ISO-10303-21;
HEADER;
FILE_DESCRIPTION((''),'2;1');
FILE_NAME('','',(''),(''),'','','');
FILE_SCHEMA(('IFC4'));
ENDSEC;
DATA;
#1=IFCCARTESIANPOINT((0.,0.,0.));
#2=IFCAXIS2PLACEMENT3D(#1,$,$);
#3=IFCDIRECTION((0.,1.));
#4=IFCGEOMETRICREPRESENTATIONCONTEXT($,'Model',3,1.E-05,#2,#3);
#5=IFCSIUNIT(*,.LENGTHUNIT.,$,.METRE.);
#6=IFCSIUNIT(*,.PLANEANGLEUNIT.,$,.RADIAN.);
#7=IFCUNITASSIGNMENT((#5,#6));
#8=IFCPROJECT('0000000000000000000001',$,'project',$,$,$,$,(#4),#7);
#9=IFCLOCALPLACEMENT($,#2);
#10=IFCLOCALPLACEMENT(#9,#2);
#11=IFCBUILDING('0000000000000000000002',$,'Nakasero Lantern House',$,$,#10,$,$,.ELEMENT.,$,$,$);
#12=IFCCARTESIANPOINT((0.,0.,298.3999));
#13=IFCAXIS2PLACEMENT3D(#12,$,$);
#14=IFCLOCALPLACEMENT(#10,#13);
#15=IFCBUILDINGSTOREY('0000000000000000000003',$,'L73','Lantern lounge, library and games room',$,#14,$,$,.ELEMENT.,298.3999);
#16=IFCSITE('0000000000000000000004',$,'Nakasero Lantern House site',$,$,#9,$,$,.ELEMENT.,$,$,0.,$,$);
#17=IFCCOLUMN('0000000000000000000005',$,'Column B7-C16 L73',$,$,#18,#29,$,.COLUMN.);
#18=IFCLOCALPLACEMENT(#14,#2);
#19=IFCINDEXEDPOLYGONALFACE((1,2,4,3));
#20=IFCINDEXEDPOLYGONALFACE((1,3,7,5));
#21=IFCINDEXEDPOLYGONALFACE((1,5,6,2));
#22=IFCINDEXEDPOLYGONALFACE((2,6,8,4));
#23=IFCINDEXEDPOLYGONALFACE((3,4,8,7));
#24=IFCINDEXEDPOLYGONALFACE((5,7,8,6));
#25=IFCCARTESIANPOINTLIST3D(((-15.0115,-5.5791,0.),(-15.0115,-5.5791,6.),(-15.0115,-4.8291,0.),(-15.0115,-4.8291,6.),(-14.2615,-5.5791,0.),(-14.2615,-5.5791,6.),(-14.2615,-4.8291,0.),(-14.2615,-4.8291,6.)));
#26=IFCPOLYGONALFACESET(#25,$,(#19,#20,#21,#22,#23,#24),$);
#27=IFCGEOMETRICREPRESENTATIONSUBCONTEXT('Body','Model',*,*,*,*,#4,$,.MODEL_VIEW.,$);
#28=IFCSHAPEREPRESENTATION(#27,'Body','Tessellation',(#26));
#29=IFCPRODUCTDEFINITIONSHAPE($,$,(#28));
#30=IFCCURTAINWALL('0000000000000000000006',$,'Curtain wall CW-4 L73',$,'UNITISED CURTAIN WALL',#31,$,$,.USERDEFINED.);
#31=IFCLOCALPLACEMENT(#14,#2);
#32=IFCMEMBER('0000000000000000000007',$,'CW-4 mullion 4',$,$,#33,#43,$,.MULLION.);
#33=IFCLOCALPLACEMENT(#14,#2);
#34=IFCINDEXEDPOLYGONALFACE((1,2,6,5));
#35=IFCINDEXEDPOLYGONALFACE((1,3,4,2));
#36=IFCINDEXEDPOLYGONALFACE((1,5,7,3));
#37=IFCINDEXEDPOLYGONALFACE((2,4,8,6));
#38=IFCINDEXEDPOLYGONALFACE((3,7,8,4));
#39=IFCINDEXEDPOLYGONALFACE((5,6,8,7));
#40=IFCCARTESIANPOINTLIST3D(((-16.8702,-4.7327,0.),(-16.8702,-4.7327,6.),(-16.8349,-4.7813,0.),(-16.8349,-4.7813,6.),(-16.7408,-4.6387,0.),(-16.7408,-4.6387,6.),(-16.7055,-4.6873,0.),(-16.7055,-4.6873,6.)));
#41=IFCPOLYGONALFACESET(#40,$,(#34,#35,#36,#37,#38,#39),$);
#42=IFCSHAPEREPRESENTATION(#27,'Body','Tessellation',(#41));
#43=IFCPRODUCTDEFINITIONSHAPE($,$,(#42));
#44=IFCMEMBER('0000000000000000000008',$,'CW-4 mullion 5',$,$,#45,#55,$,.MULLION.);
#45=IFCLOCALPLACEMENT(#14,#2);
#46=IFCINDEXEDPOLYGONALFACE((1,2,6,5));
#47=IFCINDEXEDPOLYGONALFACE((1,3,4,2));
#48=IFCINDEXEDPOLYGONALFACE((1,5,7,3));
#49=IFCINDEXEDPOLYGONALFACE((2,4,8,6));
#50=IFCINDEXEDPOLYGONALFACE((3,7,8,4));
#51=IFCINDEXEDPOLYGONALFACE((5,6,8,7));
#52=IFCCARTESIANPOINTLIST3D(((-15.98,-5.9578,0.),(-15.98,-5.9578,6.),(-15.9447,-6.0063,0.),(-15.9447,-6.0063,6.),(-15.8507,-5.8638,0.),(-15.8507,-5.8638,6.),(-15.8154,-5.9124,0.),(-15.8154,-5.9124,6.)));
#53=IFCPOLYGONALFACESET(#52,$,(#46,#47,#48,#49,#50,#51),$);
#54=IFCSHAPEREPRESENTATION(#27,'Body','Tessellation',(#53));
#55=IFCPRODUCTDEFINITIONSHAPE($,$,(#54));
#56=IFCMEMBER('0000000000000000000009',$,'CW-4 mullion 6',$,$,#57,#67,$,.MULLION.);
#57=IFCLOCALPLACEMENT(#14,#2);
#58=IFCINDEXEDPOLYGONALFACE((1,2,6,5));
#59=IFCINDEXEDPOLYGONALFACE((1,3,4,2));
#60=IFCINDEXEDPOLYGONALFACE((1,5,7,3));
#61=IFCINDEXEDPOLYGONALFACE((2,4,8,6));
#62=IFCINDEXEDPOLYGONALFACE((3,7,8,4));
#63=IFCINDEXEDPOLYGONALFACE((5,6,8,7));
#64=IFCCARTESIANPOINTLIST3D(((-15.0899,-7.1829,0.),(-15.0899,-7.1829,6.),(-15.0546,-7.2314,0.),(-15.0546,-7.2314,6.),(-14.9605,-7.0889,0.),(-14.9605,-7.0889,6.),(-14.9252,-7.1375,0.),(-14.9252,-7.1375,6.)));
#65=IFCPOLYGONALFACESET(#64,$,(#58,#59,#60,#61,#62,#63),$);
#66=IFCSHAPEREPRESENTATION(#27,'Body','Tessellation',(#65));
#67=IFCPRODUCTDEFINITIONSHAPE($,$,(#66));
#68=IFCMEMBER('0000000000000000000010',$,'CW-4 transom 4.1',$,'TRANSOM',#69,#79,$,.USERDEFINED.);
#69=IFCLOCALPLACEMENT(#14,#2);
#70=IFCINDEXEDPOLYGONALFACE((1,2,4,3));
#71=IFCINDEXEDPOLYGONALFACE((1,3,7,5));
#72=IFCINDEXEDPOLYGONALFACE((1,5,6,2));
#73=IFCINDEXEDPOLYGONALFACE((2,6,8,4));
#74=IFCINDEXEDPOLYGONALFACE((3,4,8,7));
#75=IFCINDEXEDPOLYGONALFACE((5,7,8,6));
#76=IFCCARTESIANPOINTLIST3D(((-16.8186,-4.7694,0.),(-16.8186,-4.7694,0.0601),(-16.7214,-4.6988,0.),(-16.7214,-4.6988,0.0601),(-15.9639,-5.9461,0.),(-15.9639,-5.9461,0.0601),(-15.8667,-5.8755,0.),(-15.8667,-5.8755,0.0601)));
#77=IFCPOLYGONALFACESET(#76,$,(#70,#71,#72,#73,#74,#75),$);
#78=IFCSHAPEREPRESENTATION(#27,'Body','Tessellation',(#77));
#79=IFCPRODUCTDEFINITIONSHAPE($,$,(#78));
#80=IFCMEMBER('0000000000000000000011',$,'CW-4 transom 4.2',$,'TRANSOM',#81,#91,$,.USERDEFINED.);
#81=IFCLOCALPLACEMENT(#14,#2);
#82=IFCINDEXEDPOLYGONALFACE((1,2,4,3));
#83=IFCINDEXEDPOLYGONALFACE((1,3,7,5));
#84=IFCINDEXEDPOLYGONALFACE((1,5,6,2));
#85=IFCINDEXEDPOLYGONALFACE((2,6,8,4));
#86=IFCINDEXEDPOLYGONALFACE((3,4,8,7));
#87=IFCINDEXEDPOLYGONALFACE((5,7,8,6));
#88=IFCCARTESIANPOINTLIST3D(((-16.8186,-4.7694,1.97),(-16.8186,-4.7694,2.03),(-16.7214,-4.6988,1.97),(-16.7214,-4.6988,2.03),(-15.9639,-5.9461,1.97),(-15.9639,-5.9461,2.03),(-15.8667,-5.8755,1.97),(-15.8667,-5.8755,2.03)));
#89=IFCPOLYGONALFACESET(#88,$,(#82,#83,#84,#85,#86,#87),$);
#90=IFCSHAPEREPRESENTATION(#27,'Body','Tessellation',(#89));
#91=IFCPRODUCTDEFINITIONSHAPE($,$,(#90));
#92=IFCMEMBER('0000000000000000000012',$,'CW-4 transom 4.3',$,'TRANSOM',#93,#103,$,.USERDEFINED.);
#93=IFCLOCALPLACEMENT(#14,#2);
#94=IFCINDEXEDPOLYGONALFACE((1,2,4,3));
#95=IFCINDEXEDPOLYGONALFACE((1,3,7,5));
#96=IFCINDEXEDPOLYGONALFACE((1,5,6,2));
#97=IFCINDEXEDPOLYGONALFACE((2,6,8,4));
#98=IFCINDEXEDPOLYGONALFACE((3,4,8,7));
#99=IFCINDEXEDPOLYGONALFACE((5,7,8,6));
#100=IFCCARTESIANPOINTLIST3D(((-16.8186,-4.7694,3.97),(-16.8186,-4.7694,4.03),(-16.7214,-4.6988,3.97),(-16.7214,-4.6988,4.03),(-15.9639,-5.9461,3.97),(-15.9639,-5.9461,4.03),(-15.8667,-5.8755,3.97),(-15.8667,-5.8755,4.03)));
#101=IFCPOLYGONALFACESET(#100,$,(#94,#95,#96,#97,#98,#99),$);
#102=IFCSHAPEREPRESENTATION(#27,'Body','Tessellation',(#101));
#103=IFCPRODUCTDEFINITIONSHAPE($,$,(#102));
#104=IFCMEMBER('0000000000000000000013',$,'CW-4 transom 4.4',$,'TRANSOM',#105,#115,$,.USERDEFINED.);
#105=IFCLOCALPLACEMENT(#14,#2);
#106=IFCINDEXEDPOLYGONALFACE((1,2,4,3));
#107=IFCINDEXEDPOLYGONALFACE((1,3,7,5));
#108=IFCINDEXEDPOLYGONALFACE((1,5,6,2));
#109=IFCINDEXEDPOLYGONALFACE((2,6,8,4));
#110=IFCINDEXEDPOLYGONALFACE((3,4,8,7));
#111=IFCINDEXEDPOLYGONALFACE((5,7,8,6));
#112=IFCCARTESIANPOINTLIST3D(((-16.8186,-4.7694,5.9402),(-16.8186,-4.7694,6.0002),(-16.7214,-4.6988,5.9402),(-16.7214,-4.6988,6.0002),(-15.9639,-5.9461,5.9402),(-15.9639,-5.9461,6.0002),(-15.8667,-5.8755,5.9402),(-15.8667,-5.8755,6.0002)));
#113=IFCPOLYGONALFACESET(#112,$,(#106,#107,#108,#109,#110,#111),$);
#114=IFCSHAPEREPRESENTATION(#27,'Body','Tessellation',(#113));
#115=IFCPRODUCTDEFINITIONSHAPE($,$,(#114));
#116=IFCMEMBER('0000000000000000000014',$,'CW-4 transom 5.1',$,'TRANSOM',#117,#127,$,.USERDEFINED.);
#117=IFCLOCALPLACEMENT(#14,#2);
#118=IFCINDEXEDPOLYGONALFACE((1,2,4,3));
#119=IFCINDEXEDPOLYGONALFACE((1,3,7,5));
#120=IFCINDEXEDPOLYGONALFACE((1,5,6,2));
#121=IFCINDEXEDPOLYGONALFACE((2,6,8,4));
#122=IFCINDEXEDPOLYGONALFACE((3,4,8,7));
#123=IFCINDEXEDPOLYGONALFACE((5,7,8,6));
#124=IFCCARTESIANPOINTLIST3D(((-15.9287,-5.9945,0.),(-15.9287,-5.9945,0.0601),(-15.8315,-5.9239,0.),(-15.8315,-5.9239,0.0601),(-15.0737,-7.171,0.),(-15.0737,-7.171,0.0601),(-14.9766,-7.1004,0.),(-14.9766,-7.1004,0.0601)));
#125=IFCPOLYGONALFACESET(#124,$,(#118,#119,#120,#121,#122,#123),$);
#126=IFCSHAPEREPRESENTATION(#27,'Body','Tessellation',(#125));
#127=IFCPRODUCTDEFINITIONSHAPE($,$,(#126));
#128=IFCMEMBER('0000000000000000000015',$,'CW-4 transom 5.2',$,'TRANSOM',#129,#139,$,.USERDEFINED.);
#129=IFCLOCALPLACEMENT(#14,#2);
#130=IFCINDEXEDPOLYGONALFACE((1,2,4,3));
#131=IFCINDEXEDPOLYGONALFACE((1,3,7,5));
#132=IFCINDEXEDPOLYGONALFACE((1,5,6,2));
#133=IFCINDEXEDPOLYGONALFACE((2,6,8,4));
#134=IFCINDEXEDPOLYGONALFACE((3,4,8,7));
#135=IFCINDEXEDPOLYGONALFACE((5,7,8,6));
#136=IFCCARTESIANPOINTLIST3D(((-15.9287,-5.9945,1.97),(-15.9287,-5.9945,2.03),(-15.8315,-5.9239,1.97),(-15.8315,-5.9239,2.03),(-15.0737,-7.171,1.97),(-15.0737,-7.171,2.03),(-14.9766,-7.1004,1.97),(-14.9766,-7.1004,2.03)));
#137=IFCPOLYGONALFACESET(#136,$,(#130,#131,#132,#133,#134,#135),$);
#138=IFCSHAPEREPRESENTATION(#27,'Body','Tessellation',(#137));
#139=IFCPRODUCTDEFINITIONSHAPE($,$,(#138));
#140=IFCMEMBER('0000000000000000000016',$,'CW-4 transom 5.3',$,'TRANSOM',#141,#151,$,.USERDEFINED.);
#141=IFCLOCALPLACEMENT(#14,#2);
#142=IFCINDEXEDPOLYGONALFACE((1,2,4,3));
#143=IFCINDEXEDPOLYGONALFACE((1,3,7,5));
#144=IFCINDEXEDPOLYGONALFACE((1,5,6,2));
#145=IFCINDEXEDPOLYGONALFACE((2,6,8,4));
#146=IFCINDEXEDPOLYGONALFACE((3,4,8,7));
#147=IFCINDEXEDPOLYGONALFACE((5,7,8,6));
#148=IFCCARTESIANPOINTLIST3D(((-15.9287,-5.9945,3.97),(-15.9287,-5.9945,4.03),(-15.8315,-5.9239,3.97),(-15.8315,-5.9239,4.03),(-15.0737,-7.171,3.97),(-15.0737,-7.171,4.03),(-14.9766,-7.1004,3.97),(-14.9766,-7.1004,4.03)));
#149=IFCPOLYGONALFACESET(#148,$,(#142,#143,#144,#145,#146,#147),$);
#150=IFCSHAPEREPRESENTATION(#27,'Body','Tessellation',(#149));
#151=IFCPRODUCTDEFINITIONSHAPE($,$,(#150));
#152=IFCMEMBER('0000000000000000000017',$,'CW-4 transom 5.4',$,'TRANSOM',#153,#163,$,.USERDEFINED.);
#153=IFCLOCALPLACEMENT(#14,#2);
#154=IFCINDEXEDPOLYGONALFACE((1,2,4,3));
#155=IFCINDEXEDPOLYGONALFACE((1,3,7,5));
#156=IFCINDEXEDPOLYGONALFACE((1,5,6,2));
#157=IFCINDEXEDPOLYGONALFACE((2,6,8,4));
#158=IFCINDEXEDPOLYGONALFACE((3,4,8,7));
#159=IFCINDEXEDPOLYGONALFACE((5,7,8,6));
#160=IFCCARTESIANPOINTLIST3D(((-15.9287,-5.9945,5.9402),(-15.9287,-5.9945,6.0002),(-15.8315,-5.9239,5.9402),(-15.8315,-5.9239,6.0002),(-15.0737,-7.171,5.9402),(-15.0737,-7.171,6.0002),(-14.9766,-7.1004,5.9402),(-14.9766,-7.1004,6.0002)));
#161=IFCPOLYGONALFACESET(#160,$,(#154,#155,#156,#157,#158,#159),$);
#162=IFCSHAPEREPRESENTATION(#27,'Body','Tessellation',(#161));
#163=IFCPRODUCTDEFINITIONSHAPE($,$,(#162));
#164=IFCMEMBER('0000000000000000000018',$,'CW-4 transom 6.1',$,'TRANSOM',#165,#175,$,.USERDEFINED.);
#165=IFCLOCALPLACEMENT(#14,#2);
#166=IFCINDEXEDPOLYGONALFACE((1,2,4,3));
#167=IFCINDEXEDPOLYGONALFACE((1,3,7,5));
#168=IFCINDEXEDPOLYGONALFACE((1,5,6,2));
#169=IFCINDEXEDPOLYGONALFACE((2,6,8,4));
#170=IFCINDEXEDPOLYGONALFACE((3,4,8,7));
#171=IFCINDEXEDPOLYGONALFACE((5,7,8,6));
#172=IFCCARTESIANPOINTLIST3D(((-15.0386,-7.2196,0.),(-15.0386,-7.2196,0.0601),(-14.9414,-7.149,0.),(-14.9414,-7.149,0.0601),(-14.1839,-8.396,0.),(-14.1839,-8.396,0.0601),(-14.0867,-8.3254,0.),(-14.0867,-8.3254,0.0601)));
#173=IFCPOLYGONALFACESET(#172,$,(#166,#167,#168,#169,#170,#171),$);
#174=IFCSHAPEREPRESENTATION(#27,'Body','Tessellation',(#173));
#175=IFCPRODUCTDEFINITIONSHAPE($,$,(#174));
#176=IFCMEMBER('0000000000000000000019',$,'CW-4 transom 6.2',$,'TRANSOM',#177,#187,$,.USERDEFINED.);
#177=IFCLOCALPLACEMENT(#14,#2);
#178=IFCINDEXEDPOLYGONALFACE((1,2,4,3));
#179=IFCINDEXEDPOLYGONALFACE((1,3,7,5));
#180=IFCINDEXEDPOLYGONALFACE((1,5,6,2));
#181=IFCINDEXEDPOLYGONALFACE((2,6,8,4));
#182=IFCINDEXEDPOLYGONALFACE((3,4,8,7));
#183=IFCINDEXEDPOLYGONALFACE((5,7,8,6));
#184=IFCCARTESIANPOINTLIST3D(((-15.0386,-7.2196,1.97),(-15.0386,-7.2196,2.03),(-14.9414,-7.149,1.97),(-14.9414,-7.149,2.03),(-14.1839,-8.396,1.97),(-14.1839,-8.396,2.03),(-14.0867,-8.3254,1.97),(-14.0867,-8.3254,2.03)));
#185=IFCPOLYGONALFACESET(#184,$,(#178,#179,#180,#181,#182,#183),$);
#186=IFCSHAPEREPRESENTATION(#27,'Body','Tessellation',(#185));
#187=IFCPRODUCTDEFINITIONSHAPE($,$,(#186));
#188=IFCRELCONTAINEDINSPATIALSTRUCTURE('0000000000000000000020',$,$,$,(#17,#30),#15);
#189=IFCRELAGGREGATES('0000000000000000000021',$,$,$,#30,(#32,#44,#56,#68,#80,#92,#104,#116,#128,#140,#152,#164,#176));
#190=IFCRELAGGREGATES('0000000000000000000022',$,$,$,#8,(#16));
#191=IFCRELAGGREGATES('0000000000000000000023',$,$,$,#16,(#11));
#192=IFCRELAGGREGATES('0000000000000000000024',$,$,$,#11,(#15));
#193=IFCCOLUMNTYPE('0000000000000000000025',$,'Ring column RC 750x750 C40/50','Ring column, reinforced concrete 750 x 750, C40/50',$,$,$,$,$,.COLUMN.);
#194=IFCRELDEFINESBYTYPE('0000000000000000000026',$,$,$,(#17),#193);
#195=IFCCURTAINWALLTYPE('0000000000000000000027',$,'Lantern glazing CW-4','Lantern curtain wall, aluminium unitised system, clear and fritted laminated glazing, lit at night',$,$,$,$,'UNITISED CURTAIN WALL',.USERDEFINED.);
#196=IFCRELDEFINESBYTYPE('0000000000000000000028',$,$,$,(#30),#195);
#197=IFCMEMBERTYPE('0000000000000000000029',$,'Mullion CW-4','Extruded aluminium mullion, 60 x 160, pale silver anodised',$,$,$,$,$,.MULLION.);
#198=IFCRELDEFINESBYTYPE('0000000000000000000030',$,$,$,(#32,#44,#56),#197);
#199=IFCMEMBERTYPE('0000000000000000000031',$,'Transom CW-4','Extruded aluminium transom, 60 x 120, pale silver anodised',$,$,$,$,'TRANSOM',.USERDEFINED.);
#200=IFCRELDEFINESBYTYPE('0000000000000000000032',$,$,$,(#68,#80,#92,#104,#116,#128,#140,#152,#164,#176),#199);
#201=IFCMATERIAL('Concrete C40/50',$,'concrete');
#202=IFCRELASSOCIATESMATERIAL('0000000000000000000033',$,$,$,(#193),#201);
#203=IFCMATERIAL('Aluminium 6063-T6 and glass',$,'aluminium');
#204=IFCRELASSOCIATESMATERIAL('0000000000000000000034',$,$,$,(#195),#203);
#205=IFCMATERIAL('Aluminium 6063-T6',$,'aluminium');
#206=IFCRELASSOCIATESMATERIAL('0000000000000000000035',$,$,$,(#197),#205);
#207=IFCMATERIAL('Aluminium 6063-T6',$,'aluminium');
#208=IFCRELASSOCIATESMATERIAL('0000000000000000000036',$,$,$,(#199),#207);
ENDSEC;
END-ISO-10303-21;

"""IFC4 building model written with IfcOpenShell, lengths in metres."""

from ifc_helpers import new_model, si_unit, direction, frame, origin, origin_2d, place, context, subcontext, project, spatial, rectangle, extrude, material, material_profile, profile_set, type_object, element, aggregate, save


model = new_model("IFC4")

# Units and contexts
model_context = context("Model", 3, precision=1e-05, world=origin(), true_north=direction((0.0, 1.0)))
body_context = subcontext(model_context, "Body", "Model", "MODEL_VIEW")
ifc_project = project(units=[si_unit("LENGTHUNIT", "METRE"), si_unit("PLANEANGLEUNIT", "RADIAN")], contexts=[model_context])

# Site, building, storey
site_placement = place(None, origin())
site = spatial("IfcSite", under=ifc_project, at=site_placement, Name="Nakasero Lantern House site", CompositionType="ELEMENT", RefElevation=0.0)
building_placement = place(site_placement, origin())
building = spatial("IfcBuilding", under=site, at=building_placement, Name="Nakasero Lantern House", CompositionType="ELEMENT")
storey_placement = place(building_placement, frame((0.0, 0.0, 298.3999)))
storey = spatial("IfcBuildingStorey", under=building, at=storey_placement, Name="L73", Description="Lantern lounge, library and games room", CompositionType="ELEMENT", Elevation=298.3999)

# Column
ifc_material_1 = material(Name="Concrete C40/50", Category="concrete")
ifc_material_profile_1 = material_profile(ifc_material_1, rectangle(XDim=0.75, YDim=0.75, at=origin_2d()), Name="RC 750x750")
ifc_profile_set_1 = profile_set([ifc_material_profile_1], Name="Concrete C40/50")
column_type = type_object("IfcColumnType", Name="Ring column RC 750x750 C40/50", Description="Ring column, reinforced concrete 750 x 750, C40/50", PredefinedType="COLUMN", material=ifc_profile_set_1)
column_placement = place(storey_placement, frame((-14.6365, -5.2041, 0.0), z_axis=(0.0, 0.0, 1.0), x_axis=(1.0, 0.0, 0.0)))
element("IfcColumn", 1, at=column_placement, inside=storey, type_object=column_type, Name="Column B7-C16 L73", PredefinedType="COLUMN", context=body_context, shape_type="SweptSolid", body=[
    extrude(rectangle(XDim=0.75, YDim=0.75, at=origin_2d()), origin(), (0.0, 0.0, 1.0), 6.0),
])

# Curtain wall, members
ifc_material_2 = material(Name="Aluminium 6063-T6 and glass", Category="aluminium")
curtain_wall_type = type_object("IfcCurtainWallType", Name="Lantern glazing CW-4", Description="Lantern curtain wall, aluminium unitised system, clear and fritted laminated glazing, lit at night", ElementType="UNITISED CURTAIN WALL", PredefinedType="USERDEFINED", material=ifc_material_2)
curtain_wall_placement = place(storey_placement, origin())
curtain_wall = element("IfcCurtainWall", 2, at=curtain_wall_placement, inside=storey, type_object=curtain_wall_type, Name="Curtain wall CW-4 L73", ObjectType="UNITISED CURTAIN WALL", PredefinedType="USERDEFINED")
ifc_material_3 = material(Name="Aluminium 6063-T6", Category="aluminium")
ifc_material_profile_2 = material_profile(ifc_material_3, rectangle(XDim=0.0601, YDim=0.1599, at=origin_2d()), Name="CW-4 mullion 60x160")
ifc_profile_set_2 = profile_set([ifc_material_profile_2], Name="Aluminium 6063-T6")
member_type_1 = type_object("IfcMemberType", Name="Mullion CW-4", Description="Extruded aluminium mullion, 60 x 160, pale silver anodised", PredefinedType="MULLION", material=ifc_profile_set_2)
member_1_placement = place(storey_placement, frame((-16.7878, -4.71, 0.0), z_axis=(0.0, 0.0, 1.0), x_axis=(0.587785, -0.809017, 0.0)))
member_1 = element("IfcMember", 3, at=member_1_placement, type_object=member_type_1, Name="CW-4 mullion 4", PredefinedType="MULLION", context=body_context, shape_type="SweptSolid", body=[
    extrude(rectangle(XDim=0.0601, YDim=0.1599, at=origin_2d()), origin(), (0.0, 0.0, 1.0), 6.0),
])
member_2_placement = place(storey_placement, frame((-15.8977, -5.9351, 0.0), z_axis=(0.0, 0.0, 1.0), x_axis=(0.587785, -0.809017, 0.0)))
member_2 = element("IfcMember", 4, at=member_2_placement, type_object=member_type_1, Name="CW-4 mullion 5", PredefinedType="MULLION", context=body_context, shape_type="SweptSolid", body=[
    extrude(rectangle(XDim=0.0601, YDim=0.1599, at=origin_2d()), origin(), (0.0, 0.0, 1.0), 6.0),
])
member_3_placement = place(storey_placement, frame((-15.0076, -7.1602, 0.0), z_axis=(0.0, 0.0, 1.0), x_axis=(0.587785, -0.809017, 0.0)))
member_3 = element("IfcMember", 5, at=member_3_placement, type_object=member_type_1, Name="CW-4 mullion 6", PredefinedType="MULLION", context=body_context, shape_type="SweptSolid", body=[
    extrude(rectangle(XDim=0.0601, YDim=0.1599, at=origin_2d()), origin(), (0.0, 0.0, 1.0), 6.0),
])
ifc_material_4 = material(Name="Aluminium 6063-T6", Category="aluminium")
ifc_material_profile_3 = material_profile(ifc_material_4, rectangle(XDim=0.0601, YDim=0.1201, at=origin_2d()), Name="CW-4 transom 60x120")
ifc_profile_set_3 = profile_set([ifc_material_profile_3], Name="Aluminium 6063-T6")
member_type_2 = type_object("IfcMemberType", Name="Transom CW-4", Description="Extruded aluminium transom, 60 x 120, pale silver anodised", ElementType="TRANSOM", PredefinedType="USERDEFINED", material=ifc_profile_set_3)
member_4_placement = place(storey_placement, frame((-16.77, -4.7341, 0.03), z_axis=(0.587683, -0.809092, 0.0), x_axis=(0.0, 0.0, 1.0)))
member_4 = element("IfcMember", 6, at=member_4_placement, type_object=member_type_2, Name="CW-4 transom 4.1", ObjectType="TRANSOM", PredefinedType="USERDEFINED", context=body_context, shape_type="SweptSolid", body=[
    extrude(rectangle(XDim=0.0601, YDim=0.1201, at=origin_2d()), origin(), (0.0, 0.0, 1.0), 1.4543),
])
member_5_placement = place(storey_placement, frame((-16.77, -4.7341, 2.0), z_axis=(0.587683, -0.809092, 0.0), x_axis=(0.0, 0.0, 1.0)))
member_5 = element("IfcMember", 7, at=member_5_placement, type_object=member_type_2, Name="CW-4 transom 4.2", ObjectType="TRANSOM", PredefinedType="USERDEFINED", context=body_context, shape_type="SweptSolid", body=[
    extrude(rectangle(XDim=0.0601, YDim=0.1201, at=origin_2d()), origin(), (0.0, 0.0, 1.0), 1.4543),
])
member_6_placement = place(storey_placement, frame((-16.77, -4.7341, 4.0), z_axis=(0.587683, -0.809092, 0.0), x_axis=(0.0, 0.0, 1.0)))
member_6 = element("IfcMember", 8, at=member_6_placement, type_object=member_type_2, Name="CW-4 transom 4.3", ObjectType="TRANSOM", PredefinedType="USERDEFINED", context=body_context, shape_type="SweptSolid", body=[
    extrude(rectangle(XDim=0.0601, YDim=0.1201, at=origin_2d()), origin(), (0.0, 0.0, 1.0), 1.4543),
])
member_7_placement = place(storey_placement, frame((-16.77, -4.7341, 5.9702), z_axis=(0.587683, -0.809092, 0.0), x_axis=(0.0, 0.0, 1.0)))
member_7 = element("IfcMember", 9, at=member_7_placement, type_object=member_type_2, Name="CW-4 transom 4.4", ObjectType="TRANSOM", PredefinedType="USERDEFINED", context=body_context, shape_type="SweptSolid", body=[
    extrude(rectangle(XDim=0.0601, YDim=0.1201, at=origin_2d()), origin(), (0.0, 0.0, 1.0), 1.4543),
])
member_8_placement = place(storey_placement, frame((-15.8801, -5.9592, 0.03), z_axis=(0.587872, -0.808954, 0.0), x_axis=(0.0, 0.0, 1.0)))
member_8 = element("IfcMember", 10, at=member_8_placement, type_object=member_type_2, Name="CW-4 transom 5.1", ObjectType="TRANSOM", PredefinedType="USERDEFINED", context=body_context, shape_type="SweptSolid", body=[
    extrude(rectangle(XDim=0.0601, YDim=0.1201, at=origin_2d()), origin(), (0.0, 0.0, 1.0), 1.4543),
])
member_9_placement = place(storey_placement, frame((-15.8801, -5.9592, 2.0), z_axis=(0.587872, -0.808954, 0.0), x_axis=(0.0, 0.0, 1.0)))
member_9 = element("IfcMember", 11, at=member_9_placement, type_object=member_type_2, Name="CW-4 transom 5.2", ObjectType="TRANSOM", PredefinedType="USERDEFINED", context=body_context, shape_type="SweptSolid", body=[
    extrude(rectangle(XDim=0.0601, YDim=0.1201, at=origin_2d()), origin(), (0.0, 0.0, 1.0), 1.4543),
])
member_10_placement = place(storey_placement, frame((-15.8801, -5.9592, 4.0), z_axis=(0.587872, -0.808954, 0.0), x_axis=(0.0, 0.0, 1.0)))
member_10 = element("IfcMember", 12, at=member_10_placement, type_object=member_type_2, Name="CW-4 transom 5.3", ObjectType="TRANSOM", PredefinedType="USERDEFINED", context=body_context, shape_type="SweptSolid", body=[
    extrude(rectangle(XDim=0.0601, YDim=0.1201, at=origin_2d()), origin(), (0.0, 0.0, 1.0), 1.4543),
])
member_11_placement = place(storey_placement, frame((-15.8801, -5.9592, 5.9702), z_axis=(0.587872, -0.808954, 0.0), x_axis=(0.0, 0.0, 1.0)))
member_11 = element("IfcMember", 13, at=member_11_placement, type_object=member_type_2, Name="CW-4 transom 5.4", ObjectType="TRANSOM", PredefinedType="USERDEFINED", context=body_context, shape_type="SweptSolid", body=[
    extrude(rectangle(XDim=0.0601, YDim=0.1201, at=origin_2d()), origin(), (0.0, 0.0, 1.0), 1.4543),
])
member_12_placement = place(storey_placement, frame((-14.99, -7.1843, 0.03), z_axis=(0.587762, -0.809034, 0.0), x_axis=(0.0, 0.0, 1.0)))
member_12 = element("IfcMember", 14, at=member_12_placement, type_object=member_type_2, Name="CW-4 transom 6.1", ObjectType="TRANSOM", PredefinedType="USERDEFINED", context=body_context, shape_type="SweptSolid", body=[
    extrude(rectangle(XDim=0.0601, YDim=0.1201, at=origin_2d()), origin(), (0.0, 0.0, 1.0), 1.4541),
])
member_13_placement = place(storey_placement, frame((-14.99, -7.1843, 2.0), z_axis=(0.587762, -0.809034, 0.0), x_axis=(0.0, 0.0, 1.0)))
member_13 = element("IfcMember", 15, at=member_13_placement, type_object=member_type_2, Name="CW-4 transom 6.2", ObjectType="TRANSOM", PredefinedType="USERDEFINED", context=body_context, shape_type="SweptSolid", body=[
    extrude(rectangle(XDim=0.0601, YDim=0.1201, at=origin_2d()), origin(), (0.0, 0.0, 1.0), 1.4541),
])
aggregate(curtain_wall, [member_1, member_2, member_3, member_4, member_5, member_6, member_7, member_8, member_9, member_10, member_11, member_12, member_13])

save(model, "model.ifc")
